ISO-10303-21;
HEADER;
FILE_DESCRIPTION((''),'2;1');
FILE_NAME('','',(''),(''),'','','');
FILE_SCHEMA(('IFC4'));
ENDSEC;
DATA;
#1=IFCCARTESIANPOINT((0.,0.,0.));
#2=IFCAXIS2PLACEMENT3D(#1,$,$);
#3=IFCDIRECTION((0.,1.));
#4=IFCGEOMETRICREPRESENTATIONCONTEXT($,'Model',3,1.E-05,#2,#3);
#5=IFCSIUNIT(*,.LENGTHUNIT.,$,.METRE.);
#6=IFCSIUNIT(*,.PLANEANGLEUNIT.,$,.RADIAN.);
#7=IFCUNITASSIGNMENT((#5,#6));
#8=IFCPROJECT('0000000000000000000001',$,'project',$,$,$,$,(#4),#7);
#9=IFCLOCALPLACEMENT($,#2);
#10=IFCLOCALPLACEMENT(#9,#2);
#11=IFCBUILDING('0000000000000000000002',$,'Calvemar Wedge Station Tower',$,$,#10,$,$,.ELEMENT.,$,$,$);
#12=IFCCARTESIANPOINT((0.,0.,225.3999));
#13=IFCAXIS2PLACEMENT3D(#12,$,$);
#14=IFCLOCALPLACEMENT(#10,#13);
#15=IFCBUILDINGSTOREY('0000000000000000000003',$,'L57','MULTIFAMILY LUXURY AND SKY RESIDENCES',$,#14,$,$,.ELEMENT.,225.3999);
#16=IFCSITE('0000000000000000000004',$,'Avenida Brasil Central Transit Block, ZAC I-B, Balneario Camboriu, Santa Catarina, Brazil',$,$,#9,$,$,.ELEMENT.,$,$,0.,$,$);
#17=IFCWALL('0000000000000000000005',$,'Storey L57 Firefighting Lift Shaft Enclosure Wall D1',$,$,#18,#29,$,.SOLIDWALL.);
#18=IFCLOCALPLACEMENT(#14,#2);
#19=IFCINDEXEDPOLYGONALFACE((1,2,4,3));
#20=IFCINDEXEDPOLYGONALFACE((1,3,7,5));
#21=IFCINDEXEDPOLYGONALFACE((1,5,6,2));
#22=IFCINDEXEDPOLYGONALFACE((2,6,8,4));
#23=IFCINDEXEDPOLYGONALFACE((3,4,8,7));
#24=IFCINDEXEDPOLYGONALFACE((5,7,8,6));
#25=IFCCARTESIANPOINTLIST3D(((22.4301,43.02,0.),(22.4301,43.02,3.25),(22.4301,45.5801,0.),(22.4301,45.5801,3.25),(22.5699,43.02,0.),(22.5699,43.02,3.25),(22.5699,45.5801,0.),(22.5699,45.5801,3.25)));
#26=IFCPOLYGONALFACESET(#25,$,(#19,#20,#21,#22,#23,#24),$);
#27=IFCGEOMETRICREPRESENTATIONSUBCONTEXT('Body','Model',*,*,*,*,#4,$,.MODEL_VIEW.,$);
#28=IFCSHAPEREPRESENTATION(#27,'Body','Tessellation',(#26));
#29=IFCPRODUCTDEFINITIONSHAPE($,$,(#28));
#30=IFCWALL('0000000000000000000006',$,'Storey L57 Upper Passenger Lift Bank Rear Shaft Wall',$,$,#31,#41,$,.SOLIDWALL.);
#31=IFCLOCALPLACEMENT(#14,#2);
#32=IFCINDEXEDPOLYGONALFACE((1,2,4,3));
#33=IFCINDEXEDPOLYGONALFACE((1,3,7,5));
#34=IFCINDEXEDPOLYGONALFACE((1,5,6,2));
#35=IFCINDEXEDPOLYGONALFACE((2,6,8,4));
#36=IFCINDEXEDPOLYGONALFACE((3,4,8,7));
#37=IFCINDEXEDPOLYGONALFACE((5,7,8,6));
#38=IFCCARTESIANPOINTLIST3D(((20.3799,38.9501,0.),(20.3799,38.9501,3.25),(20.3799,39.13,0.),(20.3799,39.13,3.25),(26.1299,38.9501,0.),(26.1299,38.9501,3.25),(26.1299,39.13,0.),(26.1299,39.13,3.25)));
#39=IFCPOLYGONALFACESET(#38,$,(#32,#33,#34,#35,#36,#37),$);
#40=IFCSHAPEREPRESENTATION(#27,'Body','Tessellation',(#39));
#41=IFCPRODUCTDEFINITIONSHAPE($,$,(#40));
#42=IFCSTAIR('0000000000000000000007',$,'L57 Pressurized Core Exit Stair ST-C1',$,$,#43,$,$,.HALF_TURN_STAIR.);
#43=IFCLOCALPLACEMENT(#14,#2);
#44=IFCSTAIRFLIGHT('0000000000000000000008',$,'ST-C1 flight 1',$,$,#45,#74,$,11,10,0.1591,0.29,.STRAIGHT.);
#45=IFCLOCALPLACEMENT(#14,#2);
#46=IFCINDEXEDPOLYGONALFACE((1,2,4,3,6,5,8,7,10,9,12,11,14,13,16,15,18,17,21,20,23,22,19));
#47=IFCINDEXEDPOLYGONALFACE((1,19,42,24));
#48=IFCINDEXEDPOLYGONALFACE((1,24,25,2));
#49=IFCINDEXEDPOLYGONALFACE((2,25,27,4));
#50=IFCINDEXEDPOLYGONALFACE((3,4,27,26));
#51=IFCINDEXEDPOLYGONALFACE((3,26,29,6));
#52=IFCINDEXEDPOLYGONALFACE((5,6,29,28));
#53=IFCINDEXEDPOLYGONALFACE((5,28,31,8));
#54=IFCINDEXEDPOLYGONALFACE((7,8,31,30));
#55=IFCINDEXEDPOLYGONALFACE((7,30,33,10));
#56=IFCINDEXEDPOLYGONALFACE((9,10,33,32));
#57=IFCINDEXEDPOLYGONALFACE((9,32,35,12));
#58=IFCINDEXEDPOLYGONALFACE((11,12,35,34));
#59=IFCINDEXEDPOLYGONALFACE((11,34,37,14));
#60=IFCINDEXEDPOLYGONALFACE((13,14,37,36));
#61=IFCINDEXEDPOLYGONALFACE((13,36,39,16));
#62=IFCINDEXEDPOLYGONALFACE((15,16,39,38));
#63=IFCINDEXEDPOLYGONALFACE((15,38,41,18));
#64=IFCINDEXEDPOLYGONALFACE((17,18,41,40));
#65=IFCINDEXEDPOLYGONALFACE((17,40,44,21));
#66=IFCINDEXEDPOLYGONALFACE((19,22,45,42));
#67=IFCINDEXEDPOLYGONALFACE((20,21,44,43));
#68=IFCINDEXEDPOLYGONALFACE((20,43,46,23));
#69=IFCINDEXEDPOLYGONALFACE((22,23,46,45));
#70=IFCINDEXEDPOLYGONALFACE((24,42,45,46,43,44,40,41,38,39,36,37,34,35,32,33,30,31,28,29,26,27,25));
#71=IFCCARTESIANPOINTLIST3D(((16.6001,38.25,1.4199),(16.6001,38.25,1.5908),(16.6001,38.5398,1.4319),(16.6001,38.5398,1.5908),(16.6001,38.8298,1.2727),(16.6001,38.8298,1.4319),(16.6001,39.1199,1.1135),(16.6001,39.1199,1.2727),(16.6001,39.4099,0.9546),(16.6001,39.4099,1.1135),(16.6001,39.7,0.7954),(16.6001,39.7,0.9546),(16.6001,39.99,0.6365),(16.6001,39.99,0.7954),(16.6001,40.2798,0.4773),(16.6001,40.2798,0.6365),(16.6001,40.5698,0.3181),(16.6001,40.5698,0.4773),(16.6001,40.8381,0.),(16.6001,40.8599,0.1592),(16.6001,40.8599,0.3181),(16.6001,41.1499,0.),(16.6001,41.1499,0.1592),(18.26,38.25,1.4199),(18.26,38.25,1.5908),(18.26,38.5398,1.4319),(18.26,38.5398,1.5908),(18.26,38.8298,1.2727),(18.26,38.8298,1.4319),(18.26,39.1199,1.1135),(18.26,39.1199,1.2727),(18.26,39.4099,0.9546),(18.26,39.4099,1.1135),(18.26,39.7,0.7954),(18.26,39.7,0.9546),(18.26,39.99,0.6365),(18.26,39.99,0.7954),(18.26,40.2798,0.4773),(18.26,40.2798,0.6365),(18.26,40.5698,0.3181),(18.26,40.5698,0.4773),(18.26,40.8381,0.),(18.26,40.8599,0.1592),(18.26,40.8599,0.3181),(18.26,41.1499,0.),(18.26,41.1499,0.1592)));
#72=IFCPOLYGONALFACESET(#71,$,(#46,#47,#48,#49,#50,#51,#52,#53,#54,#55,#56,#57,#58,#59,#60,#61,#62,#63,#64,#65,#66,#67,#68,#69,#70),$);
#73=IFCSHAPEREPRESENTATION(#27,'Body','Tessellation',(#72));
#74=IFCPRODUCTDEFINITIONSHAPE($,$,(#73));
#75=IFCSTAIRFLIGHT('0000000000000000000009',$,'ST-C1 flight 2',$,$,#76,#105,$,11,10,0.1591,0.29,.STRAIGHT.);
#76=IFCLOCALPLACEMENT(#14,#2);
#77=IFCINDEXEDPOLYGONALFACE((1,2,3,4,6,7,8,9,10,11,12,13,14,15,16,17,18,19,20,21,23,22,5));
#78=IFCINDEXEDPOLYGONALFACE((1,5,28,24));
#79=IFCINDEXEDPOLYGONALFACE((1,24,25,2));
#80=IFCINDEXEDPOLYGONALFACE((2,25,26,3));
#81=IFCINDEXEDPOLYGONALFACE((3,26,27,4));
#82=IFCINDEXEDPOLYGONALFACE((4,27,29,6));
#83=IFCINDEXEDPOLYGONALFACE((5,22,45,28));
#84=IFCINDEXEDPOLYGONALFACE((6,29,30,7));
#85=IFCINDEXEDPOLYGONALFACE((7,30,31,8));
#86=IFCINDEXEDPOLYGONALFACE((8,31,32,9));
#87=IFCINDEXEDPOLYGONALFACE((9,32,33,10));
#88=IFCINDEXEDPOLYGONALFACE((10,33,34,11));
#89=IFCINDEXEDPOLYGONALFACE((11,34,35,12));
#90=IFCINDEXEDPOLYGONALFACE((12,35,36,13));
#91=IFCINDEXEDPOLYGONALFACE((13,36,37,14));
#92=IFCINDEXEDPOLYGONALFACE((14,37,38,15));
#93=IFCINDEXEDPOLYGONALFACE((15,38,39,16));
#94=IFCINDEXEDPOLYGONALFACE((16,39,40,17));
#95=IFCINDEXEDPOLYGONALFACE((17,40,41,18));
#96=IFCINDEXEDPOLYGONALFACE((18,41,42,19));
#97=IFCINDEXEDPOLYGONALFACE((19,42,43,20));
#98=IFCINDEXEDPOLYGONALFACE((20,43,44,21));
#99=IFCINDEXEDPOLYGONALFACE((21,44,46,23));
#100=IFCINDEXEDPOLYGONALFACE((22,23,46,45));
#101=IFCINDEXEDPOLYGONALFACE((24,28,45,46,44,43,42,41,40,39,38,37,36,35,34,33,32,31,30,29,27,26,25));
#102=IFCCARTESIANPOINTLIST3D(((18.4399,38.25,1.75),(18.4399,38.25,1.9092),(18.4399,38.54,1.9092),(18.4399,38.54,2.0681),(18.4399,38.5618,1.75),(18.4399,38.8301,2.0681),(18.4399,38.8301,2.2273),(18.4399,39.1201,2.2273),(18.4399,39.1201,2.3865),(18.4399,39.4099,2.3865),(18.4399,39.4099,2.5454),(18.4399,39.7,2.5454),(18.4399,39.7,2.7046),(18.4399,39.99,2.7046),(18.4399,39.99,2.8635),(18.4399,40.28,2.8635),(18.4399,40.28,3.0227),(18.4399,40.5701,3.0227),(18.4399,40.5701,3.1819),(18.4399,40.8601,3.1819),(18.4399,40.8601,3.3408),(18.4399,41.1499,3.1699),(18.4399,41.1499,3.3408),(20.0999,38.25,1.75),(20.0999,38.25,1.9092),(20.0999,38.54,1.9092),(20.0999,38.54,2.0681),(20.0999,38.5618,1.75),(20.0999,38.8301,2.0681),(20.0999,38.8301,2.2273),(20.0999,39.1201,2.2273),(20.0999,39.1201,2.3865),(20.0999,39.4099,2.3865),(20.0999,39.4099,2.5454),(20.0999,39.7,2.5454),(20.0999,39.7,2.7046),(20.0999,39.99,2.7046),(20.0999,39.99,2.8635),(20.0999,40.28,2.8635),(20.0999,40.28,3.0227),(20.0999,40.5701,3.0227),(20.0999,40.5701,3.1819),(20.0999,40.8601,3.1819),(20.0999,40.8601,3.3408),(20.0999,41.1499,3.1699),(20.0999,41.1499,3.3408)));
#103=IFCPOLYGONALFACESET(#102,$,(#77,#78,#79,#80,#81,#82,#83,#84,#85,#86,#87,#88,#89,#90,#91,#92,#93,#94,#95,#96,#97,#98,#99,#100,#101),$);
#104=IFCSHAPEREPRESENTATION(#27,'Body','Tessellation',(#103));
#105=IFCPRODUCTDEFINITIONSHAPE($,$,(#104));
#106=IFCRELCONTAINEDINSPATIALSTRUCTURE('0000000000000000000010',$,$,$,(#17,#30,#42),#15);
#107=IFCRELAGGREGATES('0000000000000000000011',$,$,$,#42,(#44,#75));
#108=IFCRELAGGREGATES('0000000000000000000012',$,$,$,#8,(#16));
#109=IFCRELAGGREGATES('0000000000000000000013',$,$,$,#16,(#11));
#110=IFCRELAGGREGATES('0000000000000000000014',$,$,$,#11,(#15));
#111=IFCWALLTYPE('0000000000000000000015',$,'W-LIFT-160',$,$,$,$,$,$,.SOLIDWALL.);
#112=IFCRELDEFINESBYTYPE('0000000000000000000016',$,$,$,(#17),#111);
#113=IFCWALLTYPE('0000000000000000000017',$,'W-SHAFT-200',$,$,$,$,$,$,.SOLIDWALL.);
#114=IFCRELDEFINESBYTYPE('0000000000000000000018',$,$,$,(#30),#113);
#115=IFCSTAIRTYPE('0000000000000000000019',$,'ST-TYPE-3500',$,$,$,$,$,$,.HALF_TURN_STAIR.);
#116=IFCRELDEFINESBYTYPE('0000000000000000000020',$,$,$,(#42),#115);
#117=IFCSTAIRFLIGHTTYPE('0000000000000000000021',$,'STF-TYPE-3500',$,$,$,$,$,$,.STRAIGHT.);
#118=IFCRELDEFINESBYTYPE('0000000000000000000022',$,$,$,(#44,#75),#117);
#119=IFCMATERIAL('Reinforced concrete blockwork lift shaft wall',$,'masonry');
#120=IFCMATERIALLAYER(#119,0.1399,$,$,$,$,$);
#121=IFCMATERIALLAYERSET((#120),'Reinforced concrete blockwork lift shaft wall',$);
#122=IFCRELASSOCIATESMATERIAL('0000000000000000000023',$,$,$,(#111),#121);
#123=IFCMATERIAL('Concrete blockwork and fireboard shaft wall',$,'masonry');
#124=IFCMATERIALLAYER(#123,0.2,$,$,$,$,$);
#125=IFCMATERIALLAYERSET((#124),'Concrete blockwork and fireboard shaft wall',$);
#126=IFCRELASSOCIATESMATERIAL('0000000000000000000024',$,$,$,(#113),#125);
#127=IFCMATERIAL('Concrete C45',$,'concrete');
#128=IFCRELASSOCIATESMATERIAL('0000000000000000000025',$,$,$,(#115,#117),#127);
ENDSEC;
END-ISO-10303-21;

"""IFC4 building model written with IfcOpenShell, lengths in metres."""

from ifc_helpers import new_model, si_unit, direction, frame, frame_2d, origin, place, context, subcontext, project, spatial, polyline, rectangle, outline, extrude, material, layer, layer_set, type_object, element, aggregate, save


model = new_model("IFC4")

# Units and contexts
model_context = context("Model", 3, precision=1e-05, world=origin(), true_north=direction((0.0, 1.0)))
body_context = subcontext(model_context, "Body", "Model", "MODEL_VIEW")
ifc_project = project(units=[si_unit("LENGTHUNIT", "METRE"), si_unit("PLANEANGLEUNIT", "RADIAN")], contexts=[model_context])

# Site, building, storey
site_placement = place(None, origin())
site = spatial("IfcSite", under=ifc_project, at=site_placement, Name="Avenida Brasil Central Transit Block, ZAC I-B, Balneario Camboriu, Santa Catarina, Brazil", CompositionType="ELEMENT", RefElevation=0.0)
building_placement = place(site_placement, origin())
building = spatial("IfcBuilding", under=site, at=building_placement, Name="Calvemar Wedge Station Tower", CompositionType="ELEMENT")
storey_placement = place(building_placement, frame((0.0, 0.0, 225.3999)))
storey = spatial("IfcBuildingStorey", under=building, at=storey_placement, Name="L57", Description="MULTIFAMILY LUXURY AND SKY RESIDENCES", CompositionType="ELEMENT", Elevation=225.3999)

# Shared definitions
ifc_material_1 = material(Name="Reinforced concrete blockwork lift shaft wall", Category="masonry")
ifc_layer_1 = layer(ifc_material_1, 0.1399)
ifc_layer_set_1 = layer_set([ifc_layer_1], Name="Reinforced concrete blockwork lift shaft wall")
wall_type_1 = type_object("IfcWallType", Name="W-LIFT-160", PredefinedType="SOLIDWALL", material=ifc_layer_set_1)

# Walls
wall_1_placement = place(storey_placement, frame((22.5, 43.02, 0.0), z_axis=(0.0, 0.0, 1.0), x_axis=(0.0, 1.0, 0.0)))
element("IfcWall", 1, at=wall_1_placement, inside=storey, type_object=wall_type_1, Name="Storey L57 Firefighting Lift Shaft Enclosure Wall D1", PredefinedType="SOLIDWALL", context=body_context, shape_type="SweptSolid", body=[
    extrude(rectangle(XDim=2.5601, YDim=0.1399, at=frame_2d((1.28, 0.0))), origin(), (0.0, 0.0, 1.0), 3.25),
])
ifc_material_2 = material(Name="Concrete blockwork and fireboard shaft wall", Category="masonry")
ifc_layer_2 = layer(ifc_material_2, 0.2)
ifc_layer_set_2 = layer_set([ifc_layer_2], Name="Concrete blockwork and fireboard shaft wall")
wall_type_2 = type_object("IfcWallType", Name="W-SHAFT-200", PredefinedType="SOLIDWALL", material=ifc_layer_set_2)
wall_2_placement = place(storey_placement, frame((20.3799, 39.04, 0.0), z_axis=(0.0, 0.0, 1.0), x_axis=(1.0, 0.0, 0.0)))
element("IfcWall", 2, at=wall_2_placement, inside=storey, type_object=wall_type_2, Name="Storey L57 Upper Passenger Lift Bank Rear Shaft Wall", PredefinedType="SOLIDWALL", context=body_context, shape_type="SweptSolid", body=[
    extrude(rectangle(XDim=5.75, YDim=0.1799, at=frame_2d((2.875, 0.0))), origin(), (0.0, 0.0, 1.0), 3.25),
])

# Stair, stair flights
ifc_material_3 = material(Name="Concrete C45", Category="concrete")
stair_type = type_object("IfcStairType", Name="ST-TYPE-3500", PredefinedType="HALF_TURN_STAIR", material=ifc_material_3)
stair_placement = place(storey_placement, origin())
stair = element("IfcStair", 3, at=stair_placement, inside=storey, type_object=stair_type, Name="L57 Pressurized Core Exit Stair ST-C1", PredefinedType="HALF_TURN_STAIR")
stair_flight_type = type_object("IfcStairFlightType", Name="STF-TYPE-3500", PredefinedType="STRAIGHT", material=ifc_material_3)
stair_flight_1_placement = place(storey_placement, frame((17.4299, 41.1499, 0.0), z_axis=(0.0, 0.0, 1.0), x_axis=(0.0, -1.0, 0.0)))
stair_flight_1 = element("IfcStairFlight", 4, at=stair_flight_1_placement, type_object=stair_flight_type, Name="ST-C1 flight 1", NumberOfRisers=11, NumberOfTreads=10, PredefinedType="STRAIGHT", RiserHeight=0.1591, TreadLength=0.29, context=body_context, shape_type="SweptSolid", body=[
    extrude(outline(polyline([(0.0, 0.0), (0.0, 0.1592), (0.29, 0.1592), (0.29, 0.3181), (0.5801, 0.3181), (0.5801, 0.4773), (0.8701, 0.4773), (0.8701, 0.6365), (1.1599, 0.6365), (1.1599, 0.7954), (1.45, 0.7954), (1.45, 0.9546), (1.74, 0.9546), (1.74, 1.1135), (2.03, 1.1135), (2.03, 1.2727), (2.3201, 1.2727), (2.3201, 1.4319), (2.6101, 1.4319), (2.6101, 1.5908), (2.8999, 1.5908), (2.8999, 1.75), (2.8999, 1.4199), (0.3118, 0.0), (0.0, 0.0)])), frame((0.0, 0.8301, 0.0), z_axis=(0.0, -1.0, 0.0), x_axis=(1.0, 0.0, 0.0)), (0.0, 0.0, 1.0), 1.6599),
])
stair_flight_2_placement = place(storey_placement, frame((19.27, 38.25, 1.75), z_axis=(0.0, 0.0, 1.0), x_axis=(0.0, 1.0, 0.0)))
stair_flight_2 = element("IfcStairFlight", 5, at=stair_flight_2_placement, type_object=stair_flight_type, Name="ST-C1 flight 2", NumberOfRisers=11, NumberOfTreads=10, PredefinedType="STRAIGHT", RiserHeight=0.1591, TreadLength=0.29, context=body_context, shape_type="SweptSolid", body=[
    extrude(outline(polyline([(0.0, 0.0), (0.0, 0.1592), (0.29, 0.1592), (0.29, 0.3181), (0.5801, 0.3181), (0.5801, 0.4773), (0.8701, 0.4773), (0.8701, 0.6365), (1.1599, 0.6365), (1.1599, 0.7954), (1.45, 0.7954), (1.45, 0.9546), (1.74, 0.9546), (1.74, 1.1135), (2.03, 1.1135), (2.03, 1.2727), (2.3201, 1.2727), (2.3201, 1.4319), (2.6101, 1.4319), (2.6101, 1.5908), (2.8999, 1.5908), (2.8999, 1.75), (2.8999, 1.4199), (0.3118, 0.0), (0.0, 0.0)])), frame((0.0, 0.8301, 0.0), z_axis=(0.0, -1.0, 0.0), x_axis=(1.0, 0.0, 0.0)), (0.0, 0.0, 1.0), 1.6599),
])
aggregate(stair, [stair_flight_1, stair_flight_2])

save(model, "model.ifc")
